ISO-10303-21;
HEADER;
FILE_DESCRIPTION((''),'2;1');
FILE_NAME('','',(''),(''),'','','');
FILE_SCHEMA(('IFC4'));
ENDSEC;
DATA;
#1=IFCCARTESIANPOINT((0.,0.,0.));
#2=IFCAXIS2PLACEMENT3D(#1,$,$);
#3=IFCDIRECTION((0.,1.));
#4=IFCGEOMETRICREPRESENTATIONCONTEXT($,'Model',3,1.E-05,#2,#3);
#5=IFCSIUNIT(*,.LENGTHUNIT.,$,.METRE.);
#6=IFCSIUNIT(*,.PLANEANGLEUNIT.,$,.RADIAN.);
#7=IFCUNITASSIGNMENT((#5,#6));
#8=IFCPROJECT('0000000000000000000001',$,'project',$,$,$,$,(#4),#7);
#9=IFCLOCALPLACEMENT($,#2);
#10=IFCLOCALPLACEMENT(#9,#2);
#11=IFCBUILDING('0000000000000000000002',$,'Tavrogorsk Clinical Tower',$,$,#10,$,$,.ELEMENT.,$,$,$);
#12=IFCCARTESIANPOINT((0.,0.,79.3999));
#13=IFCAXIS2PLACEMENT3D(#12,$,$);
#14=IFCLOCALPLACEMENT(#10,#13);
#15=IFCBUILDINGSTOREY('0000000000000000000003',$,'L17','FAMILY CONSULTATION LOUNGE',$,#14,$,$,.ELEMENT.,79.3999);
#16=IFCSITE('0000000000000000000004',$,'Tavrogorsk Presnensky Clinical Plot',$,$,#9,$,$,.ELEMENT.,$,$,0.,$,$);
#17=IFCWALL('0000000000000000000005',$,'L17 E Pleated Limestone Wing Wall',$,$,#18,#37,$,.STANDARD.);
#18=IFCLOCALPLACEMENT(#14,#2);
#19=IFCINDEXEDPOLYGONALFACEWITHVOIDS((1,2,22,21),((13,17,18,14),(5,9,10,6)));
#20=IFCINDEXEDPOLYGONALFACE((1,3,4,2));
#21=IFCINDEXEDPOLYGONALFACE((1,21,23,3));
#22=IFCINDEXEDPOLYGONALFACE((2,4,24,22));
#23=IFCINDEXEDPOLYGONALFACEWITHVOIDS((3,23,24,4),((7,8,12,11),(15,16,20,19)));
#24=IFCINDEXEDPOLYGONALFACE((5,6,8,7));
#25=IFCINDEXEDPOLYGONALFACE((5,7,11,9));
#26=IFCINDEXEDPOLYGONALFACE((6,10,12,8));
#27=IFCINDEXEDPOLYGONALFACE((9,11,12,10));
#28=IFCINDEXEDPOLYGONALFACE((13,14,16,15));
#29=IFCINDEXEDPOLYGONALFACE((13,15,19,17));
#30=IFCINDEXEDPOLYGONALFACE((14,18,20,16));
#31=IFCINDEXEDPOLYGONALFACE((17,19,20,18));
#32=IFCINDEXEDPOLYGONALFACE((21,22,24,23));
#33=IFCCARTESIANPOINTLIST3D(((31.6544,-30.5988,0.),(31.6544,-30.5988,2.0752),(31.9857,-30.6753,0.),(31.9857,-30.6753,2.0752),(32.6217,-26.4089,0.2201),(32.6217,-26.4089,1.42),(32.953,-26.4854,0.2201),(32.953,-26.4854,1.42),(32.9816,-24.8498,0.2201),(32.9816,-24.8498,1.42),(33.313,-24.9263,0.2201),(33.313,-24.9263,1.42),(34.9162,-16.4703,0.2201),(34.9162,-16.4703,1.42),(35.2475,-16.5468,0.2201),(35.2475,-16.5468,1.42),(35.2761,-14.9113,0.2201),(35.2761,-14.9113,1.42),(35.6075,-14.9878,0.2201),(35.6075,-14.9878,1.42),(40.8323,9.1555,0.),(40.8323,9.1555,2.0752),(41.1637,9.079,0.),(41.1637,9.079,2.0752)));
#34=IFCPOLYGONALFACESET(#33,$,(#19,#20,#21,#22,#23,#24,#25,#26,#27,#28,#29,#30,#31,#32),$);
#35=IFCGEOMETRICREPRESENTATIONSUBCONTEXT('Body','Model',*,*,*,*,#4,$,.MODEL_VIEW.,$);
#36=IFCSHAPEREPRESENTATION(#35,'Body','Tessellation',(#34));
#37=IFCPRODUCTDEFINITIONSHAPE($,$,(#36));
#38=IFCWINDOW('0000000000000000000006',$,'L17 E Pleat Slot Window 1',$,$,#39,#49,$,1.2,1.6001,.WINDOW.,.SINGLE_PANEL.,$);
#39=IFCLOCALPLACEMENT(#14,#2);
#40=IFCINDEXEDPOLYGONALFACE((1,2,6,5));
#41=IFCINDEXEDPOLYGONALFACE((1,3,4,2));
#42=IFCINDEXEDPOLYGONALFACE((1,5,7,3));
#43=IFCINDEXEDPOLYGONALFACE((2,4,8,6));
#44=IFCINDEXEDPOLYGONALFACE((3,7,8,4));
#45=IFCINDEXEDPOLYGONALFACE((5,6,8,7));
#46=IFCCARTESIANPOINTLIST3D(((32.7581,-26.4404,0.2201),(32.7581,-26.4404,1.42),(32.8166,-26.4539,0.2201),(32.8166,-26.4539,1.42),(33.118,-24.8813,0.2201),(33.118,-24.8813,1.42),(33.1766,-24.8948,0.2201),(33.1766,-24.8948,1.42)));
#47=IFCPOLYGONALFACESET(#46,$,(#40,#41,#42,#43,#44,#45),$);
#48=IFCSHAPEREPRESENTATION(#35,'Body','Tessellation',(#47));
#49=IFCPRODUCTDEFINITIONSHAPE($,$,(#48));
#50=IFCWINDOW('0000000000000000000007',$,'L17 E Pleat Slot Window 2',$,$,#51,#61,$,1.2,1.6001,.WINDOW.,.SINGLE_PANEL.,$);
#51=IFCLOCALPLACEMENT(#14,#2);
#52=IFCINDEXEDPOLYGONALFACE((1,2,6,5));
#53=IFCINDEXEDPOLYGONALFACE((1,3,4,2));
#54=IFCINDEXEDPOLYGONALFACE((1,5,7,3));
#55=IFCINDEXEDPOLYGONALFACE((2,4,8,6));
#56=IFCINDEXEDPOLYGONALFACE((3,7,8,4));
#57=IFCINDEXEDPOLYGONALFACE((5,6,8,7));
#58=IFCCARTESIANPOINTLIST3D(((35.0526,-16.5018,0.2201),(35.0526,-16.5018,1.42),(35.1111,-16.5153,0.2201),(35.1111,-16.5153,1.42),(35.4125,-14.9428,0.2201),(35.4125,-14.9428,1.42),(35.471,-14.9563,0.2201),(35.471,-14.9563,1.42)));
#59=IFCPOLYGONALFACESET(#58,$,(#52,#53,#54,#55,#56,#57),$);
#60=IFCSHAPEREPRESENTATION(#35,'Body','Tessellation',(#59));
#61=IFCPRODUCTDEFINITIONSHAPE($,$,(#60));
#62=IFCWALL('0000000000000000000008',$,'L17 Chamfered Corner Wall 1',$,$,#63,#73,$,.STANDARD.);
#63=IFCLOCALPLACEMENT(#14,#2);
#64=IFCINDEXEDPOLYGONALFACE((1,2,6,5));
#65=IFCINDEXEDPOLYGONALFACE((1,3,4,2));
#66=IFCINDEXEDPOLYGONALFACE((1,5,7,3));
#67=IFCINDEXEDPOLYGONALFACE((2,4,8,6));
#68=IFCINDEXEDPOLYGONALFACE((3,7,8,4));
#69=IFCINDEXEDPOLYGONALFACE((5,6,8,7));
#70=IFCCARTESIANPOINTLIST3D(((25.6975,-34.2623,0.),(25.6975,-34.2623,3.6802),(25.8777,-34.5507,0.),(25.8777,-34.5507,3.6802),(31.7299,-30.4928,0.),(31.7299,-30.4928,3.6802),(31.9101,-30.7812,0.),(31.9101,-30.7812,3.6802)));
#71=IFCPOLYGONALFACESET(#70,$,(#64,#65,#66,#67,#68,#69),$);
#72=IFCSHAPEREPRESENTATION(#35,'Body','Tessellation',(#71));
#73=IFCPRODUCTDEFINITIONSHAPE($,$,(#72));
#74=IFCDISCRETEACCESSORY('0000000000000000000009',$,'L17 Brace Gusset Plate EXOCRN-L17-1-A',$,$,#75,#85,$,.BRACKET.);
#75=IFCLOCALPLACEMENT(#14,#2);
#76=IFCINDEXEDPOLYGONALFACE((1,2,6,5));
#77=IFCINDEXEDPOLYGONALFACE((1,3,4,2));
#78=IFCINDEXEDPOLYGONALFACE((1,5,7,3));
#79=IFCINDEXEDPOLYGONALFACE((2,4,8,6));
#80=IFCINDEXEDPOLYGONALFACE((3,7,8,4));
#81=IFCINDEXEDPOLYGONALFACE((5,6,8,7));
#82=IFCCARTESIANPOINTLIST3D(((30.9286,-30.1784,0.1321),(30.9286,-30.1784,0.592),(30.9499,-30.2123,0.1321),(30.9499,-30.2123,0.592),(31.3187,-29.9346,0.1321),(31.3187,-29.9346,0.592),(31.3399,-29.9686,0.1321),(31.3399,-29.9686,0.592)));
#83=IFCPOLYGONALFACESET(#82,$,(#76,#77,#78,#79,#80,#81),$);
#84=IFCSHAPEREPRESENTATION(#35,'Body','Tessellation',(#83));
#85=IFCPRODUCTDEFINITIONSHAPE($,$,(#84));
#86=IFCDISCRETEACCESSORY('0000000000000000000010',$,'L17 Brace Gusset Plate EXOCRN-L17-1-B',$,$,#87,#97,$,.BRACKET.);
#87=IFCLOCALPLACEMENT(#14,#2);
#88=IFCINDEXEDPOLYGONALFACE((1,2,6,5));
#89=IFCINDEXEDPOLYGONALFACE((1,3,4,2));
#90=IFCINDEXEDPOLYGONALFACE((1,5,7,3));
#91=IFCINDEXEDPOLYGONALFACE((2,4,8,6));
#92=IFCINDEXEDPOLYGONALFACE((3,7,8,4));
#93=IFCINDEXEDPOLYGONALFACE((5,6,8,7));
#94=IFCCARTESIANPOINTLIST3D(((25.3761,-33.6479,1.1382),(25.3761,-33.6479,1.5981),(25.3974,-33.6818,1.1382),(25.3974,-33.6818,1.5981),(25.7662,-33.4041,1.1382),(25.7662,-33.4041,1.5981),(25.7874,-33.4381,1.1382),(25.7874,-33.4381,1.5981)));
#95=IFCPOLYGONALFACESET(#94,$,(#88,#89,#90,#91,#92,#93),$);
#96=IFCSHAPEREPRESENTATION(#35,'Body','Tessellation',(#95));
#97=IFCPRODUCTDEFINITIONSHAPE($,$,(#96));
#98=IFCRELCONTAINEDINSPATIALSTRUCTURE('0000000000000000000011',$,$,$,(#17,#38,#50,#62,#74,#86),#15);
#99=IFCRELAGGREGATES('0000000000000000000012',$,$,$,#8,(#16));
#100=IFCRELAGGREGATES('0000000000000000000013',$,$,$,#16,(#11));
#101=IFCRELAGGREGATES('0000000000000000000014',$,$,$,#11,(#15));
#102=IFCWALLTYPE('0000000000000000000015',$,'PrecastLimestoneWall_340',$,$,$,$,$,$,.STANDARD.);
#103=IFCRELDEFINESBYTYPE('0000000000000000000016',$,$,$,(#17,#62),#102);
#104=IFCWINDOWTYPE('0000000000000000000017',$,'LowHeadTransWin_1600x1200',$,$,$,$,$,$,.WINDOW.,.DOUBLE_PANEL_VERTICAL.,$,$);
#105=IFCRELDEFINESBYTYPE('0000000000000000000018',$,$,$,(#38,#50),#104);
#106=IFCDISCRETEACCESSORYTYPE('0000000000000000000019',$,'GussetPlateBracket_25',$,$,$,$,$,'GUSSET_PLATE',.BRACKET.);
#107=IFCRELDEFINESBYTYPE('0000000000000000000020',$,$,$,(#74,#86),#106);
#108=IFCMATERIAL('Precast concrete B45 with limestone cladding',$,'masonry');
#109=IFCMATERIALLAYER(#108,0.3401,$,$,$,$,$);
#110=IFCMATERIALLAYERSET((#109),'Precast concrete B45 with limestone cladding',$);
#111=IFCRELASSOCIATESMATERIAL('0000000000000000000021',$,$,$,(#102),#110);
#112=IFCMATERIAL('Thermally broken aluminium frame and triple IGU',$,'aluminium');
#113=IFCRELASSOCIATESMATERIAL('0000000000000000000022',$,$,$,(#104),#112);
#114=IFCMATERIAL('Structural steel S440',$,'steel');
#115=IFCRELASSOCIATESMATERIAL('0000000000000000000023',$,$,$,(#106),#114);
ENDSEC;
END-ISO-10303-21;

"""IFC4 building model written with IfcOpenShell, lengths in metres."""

from ifc_helpers import new_model, si_unit, direction, frame, frame_2d, origin, origin_2d, place, context, subcontext, project, spatial, rectangle, extrude, material, layer, layer_set, type_object, element, fill, save


model = new_model("IFC4")

# Units and contexts
model_context = context("Model", 3, precision=1e-05, world=origin(), true_north=direction((0.0, 1.0)))
body_context = subcontext(model_context, "Body", "Model", "MODEL_VIEW")
ifc_project = project(units=[si_unit("LENGTHUNIT", "METRE"), si_unit("PLANEANGLEUNIT", "RADIAN")], contexts=[model_context])

# Site, building, storey
site_placement = place(None, origin())
site = spatial("IfcSite", under=ifc_project, at=site_placement, Name="Tavrogorsk Presnensky Clinical Plot", CompositionType="ELEMENT", RefElevation=0.0)
building_placement = place(site_placement, origin())
building = spatial("IfcBuilding", under=site, at=building_placement, Name="Tavrogorsk Clinical Tower", CompositionType="ELEMENT")
storey_placement = place(building_placement, frame((0.0, 0.0, 79.3999)))
storey = spatial("IfcBuildingStorey", under=building, at=storey_placement, Name="L17", Description="FAMILY CONSULTATION LOUNGE", CompositionType="ELEMENT", Elevation=79.3999)

# Wall, openings, windows
ifc_material_1 = material(Name="Precast concrete B45 with limestone cladding", Category="masonry")
ifc_layer_1 = layer(ifc_material_1, 0.3401)
ifc_layer_set_1 = layer_set([ifc_layer_1], Name="Precast concrete B45 with limestone cladding")
wall_type_1 = type_object("IfcWallType", Name="PrecastLimestoneWall_340", PredefinedType="STANDARD", material=ifc_layer_set_1)
wall_1_placement = place(storey_placement, frame((31.8201, -30.637, 0.0), z_axis=(0.0, 0.0, 1.0), x_axis=(0.22495, 0.97437, 0.0)))
wall_1 = element("IfcWall", 1, at=wall_1_placement, inside=storey, type_object=wall_type_1, Name="L17 E Pleated Limestone Wing Wall", PredefinedType="STANDARD", context=body_context, shape_type="SweptSolid", body=[
    extrude(rectangle(XDim=40.8, YDim=0.3401, at=frame_2d((20.3999, 0.0))), origin(), (0.0, 0.0, 1.0), 2.0752),
])
opening_1_placement = place(wall_1_placement, frame((4.3, 0.0, 0.22)))
opening_1 = element("IfcOpeningElement", 2, at=opening_1_placement, cuts=wall_1, PredefinedType="OPENING", context=body_context, shape_type="SweptSolid", body=[
    extrude(rectangle(XDim=1.6001, YDim=1.2, at=frame_2d((0.8, 0.6001))), frame((0.0, 0.1799, 0.0), z_axis=(0.0, -1.0, 0.0), x_axis=(1.0, 0.0, 0.0)), (0.0, 0.0, 1.0), 0.3601),
])
opening_2_placement = place(wall_1_placement, frame((14.5, 0.0, 0.22)))
opening_2 = element("IfcOpeningElement", 3, at=opening_2_placement, cuts=wall_1, PredefinedType="OPENING", context=body_context, shape_type="SweptSolid", body=[
    extrude(rectangle(XDim=1.6001, YDim=1.2, at=frame_2d((0.8, 0.6001))), frame((0.0, 0.1799, 0.0), z_axis=(0.0, -1.0, 0.0), x_axis=(1.0, 0.0, 0.0)), (0.0, 0.0, 1.0), 0.3601),
])
ifc_material_2 = material(Name="Thermally broken aluminium frame and triple IGU", Category="aluminium")
window_type = type_object("IfcWindowType", Name="LowHeadTransWin_1600x1200", PartitioningType="DOUBLE_PANEL_VERTICAL", PredefinedType="WINDOW", material=ifc_material_2)
window_1_placement = place(opening_1_placement, origin())
window_1 = element("IfcWindow", 4, at=window_1_placement, inside=storey, type_object=window_type, Name="L17 E Pleat Slot Window 1", OverallHeight=1.2, OverallWidth=1.6001, PartitioningType="SINGLE_PANEL", PredefinedType="WINDOW", context=body_context, shape_type="SweptSolid", body=[
    extrude(rectangle(XDim=1.6001, YDim=1.2, at=frame_2d((0.8, 0.6001))), frame((0.0, 0.03, 0.0), z_axis=(0.0, -1.0, 0.0), x_axis=(1.0, 0.0, 0.0)), (0.0, 0.0, 1.0), 0.0601),
])
fill(opening_1, window_1)
window_2_placement = place(opening_2_placement, origin())
window_2 = element("IfcWindow", 5, at=window_2_placement, inside=storey, type_object=window_type, Name="L17 E Pleat Slot Window 2", OverallHeight=1.2, OverallWidth=1.6001, PartitioningType="SINGLE_PANEL", PredefinedType="WINDOW", context=body_context, shape_type="SweptSolid", body=[
    extrude(rectangle(XDim=1.6001, YDim=1.2, at=frame_2d((0.8, 0.6001))), frame((0.0, 0.03, 0.0), z_axis=(0.0, -1.0, 0.0), x_axis=(1.0, 0.0, 0.0)), (0.0, 0.0, 1.0), 0.0601),
])
fill(opening_2, window_2)

# Wall
wall_2_placement = place(storey_placement, frame((25.7876, -34.4065, 0.0), z_axis=(0.0, 0.0, 1.0), x_axis=(0.848047, 0.529922, 0.0)))
element("IfcWall", 6, at=wall_2_placement, inside=storey, type_object=wall_type_1, Name="L17 Chamfered Corner Wall 1", PredefinedType="STANDARD", context=body_context, shape_type="SweptSolid", body=[
    extrude(rectangle(XDim=7.1133, YDim=0.3401, at=frame_2d((3.5566, 0.0))), origin(), (0.0, 0.0, 1.0), 3.6802),
])

# Discrete accessories
ifc_material_3 = material(Name="Structural steel S440", Category="steel")
discrete_accessory_type = type_object("IfcDiscreteAccessoryType", Name="GussetPlateBracket_25", ElementType="GUSSET_PLATE", PredefinedType="BRACKET", material=ifc_material_3)
for number, where, z_axis, x_axis, name in (
    (7, (31.1343, -30.0735, 0.1321), (0.0, 0.0, 1.0), (-0.848048, -0.529919, 0.0), "L17 Brace Gusset Plate EXOCRN-L17-1-A"),
    (8, (25.5818, -33.543, 1.1382), (0.0, 0.0, 1.0), (-0.848048, -0.529919, 0.0), "L17 Brace Gusset Plate EXOCRN-L17-1-B"),
):
    element("IfcDiscreteAccessory", number, at=place(storey_placement, frame(where, z_axis=z_axis, x_axis=x_axis)), inside=storey, type_object=discrete_accessory_type, Name=name, PredefinedType="BRACKET", context=body_context, shape_type="SweptSolid", body=[
        extrude(rectangle(XDim=0.46, YDim=0.04, at=origin_2d()), origin(), (0.0, 0.0, 1.0), 0.46),
    ])

save(model, "model.ifc")
